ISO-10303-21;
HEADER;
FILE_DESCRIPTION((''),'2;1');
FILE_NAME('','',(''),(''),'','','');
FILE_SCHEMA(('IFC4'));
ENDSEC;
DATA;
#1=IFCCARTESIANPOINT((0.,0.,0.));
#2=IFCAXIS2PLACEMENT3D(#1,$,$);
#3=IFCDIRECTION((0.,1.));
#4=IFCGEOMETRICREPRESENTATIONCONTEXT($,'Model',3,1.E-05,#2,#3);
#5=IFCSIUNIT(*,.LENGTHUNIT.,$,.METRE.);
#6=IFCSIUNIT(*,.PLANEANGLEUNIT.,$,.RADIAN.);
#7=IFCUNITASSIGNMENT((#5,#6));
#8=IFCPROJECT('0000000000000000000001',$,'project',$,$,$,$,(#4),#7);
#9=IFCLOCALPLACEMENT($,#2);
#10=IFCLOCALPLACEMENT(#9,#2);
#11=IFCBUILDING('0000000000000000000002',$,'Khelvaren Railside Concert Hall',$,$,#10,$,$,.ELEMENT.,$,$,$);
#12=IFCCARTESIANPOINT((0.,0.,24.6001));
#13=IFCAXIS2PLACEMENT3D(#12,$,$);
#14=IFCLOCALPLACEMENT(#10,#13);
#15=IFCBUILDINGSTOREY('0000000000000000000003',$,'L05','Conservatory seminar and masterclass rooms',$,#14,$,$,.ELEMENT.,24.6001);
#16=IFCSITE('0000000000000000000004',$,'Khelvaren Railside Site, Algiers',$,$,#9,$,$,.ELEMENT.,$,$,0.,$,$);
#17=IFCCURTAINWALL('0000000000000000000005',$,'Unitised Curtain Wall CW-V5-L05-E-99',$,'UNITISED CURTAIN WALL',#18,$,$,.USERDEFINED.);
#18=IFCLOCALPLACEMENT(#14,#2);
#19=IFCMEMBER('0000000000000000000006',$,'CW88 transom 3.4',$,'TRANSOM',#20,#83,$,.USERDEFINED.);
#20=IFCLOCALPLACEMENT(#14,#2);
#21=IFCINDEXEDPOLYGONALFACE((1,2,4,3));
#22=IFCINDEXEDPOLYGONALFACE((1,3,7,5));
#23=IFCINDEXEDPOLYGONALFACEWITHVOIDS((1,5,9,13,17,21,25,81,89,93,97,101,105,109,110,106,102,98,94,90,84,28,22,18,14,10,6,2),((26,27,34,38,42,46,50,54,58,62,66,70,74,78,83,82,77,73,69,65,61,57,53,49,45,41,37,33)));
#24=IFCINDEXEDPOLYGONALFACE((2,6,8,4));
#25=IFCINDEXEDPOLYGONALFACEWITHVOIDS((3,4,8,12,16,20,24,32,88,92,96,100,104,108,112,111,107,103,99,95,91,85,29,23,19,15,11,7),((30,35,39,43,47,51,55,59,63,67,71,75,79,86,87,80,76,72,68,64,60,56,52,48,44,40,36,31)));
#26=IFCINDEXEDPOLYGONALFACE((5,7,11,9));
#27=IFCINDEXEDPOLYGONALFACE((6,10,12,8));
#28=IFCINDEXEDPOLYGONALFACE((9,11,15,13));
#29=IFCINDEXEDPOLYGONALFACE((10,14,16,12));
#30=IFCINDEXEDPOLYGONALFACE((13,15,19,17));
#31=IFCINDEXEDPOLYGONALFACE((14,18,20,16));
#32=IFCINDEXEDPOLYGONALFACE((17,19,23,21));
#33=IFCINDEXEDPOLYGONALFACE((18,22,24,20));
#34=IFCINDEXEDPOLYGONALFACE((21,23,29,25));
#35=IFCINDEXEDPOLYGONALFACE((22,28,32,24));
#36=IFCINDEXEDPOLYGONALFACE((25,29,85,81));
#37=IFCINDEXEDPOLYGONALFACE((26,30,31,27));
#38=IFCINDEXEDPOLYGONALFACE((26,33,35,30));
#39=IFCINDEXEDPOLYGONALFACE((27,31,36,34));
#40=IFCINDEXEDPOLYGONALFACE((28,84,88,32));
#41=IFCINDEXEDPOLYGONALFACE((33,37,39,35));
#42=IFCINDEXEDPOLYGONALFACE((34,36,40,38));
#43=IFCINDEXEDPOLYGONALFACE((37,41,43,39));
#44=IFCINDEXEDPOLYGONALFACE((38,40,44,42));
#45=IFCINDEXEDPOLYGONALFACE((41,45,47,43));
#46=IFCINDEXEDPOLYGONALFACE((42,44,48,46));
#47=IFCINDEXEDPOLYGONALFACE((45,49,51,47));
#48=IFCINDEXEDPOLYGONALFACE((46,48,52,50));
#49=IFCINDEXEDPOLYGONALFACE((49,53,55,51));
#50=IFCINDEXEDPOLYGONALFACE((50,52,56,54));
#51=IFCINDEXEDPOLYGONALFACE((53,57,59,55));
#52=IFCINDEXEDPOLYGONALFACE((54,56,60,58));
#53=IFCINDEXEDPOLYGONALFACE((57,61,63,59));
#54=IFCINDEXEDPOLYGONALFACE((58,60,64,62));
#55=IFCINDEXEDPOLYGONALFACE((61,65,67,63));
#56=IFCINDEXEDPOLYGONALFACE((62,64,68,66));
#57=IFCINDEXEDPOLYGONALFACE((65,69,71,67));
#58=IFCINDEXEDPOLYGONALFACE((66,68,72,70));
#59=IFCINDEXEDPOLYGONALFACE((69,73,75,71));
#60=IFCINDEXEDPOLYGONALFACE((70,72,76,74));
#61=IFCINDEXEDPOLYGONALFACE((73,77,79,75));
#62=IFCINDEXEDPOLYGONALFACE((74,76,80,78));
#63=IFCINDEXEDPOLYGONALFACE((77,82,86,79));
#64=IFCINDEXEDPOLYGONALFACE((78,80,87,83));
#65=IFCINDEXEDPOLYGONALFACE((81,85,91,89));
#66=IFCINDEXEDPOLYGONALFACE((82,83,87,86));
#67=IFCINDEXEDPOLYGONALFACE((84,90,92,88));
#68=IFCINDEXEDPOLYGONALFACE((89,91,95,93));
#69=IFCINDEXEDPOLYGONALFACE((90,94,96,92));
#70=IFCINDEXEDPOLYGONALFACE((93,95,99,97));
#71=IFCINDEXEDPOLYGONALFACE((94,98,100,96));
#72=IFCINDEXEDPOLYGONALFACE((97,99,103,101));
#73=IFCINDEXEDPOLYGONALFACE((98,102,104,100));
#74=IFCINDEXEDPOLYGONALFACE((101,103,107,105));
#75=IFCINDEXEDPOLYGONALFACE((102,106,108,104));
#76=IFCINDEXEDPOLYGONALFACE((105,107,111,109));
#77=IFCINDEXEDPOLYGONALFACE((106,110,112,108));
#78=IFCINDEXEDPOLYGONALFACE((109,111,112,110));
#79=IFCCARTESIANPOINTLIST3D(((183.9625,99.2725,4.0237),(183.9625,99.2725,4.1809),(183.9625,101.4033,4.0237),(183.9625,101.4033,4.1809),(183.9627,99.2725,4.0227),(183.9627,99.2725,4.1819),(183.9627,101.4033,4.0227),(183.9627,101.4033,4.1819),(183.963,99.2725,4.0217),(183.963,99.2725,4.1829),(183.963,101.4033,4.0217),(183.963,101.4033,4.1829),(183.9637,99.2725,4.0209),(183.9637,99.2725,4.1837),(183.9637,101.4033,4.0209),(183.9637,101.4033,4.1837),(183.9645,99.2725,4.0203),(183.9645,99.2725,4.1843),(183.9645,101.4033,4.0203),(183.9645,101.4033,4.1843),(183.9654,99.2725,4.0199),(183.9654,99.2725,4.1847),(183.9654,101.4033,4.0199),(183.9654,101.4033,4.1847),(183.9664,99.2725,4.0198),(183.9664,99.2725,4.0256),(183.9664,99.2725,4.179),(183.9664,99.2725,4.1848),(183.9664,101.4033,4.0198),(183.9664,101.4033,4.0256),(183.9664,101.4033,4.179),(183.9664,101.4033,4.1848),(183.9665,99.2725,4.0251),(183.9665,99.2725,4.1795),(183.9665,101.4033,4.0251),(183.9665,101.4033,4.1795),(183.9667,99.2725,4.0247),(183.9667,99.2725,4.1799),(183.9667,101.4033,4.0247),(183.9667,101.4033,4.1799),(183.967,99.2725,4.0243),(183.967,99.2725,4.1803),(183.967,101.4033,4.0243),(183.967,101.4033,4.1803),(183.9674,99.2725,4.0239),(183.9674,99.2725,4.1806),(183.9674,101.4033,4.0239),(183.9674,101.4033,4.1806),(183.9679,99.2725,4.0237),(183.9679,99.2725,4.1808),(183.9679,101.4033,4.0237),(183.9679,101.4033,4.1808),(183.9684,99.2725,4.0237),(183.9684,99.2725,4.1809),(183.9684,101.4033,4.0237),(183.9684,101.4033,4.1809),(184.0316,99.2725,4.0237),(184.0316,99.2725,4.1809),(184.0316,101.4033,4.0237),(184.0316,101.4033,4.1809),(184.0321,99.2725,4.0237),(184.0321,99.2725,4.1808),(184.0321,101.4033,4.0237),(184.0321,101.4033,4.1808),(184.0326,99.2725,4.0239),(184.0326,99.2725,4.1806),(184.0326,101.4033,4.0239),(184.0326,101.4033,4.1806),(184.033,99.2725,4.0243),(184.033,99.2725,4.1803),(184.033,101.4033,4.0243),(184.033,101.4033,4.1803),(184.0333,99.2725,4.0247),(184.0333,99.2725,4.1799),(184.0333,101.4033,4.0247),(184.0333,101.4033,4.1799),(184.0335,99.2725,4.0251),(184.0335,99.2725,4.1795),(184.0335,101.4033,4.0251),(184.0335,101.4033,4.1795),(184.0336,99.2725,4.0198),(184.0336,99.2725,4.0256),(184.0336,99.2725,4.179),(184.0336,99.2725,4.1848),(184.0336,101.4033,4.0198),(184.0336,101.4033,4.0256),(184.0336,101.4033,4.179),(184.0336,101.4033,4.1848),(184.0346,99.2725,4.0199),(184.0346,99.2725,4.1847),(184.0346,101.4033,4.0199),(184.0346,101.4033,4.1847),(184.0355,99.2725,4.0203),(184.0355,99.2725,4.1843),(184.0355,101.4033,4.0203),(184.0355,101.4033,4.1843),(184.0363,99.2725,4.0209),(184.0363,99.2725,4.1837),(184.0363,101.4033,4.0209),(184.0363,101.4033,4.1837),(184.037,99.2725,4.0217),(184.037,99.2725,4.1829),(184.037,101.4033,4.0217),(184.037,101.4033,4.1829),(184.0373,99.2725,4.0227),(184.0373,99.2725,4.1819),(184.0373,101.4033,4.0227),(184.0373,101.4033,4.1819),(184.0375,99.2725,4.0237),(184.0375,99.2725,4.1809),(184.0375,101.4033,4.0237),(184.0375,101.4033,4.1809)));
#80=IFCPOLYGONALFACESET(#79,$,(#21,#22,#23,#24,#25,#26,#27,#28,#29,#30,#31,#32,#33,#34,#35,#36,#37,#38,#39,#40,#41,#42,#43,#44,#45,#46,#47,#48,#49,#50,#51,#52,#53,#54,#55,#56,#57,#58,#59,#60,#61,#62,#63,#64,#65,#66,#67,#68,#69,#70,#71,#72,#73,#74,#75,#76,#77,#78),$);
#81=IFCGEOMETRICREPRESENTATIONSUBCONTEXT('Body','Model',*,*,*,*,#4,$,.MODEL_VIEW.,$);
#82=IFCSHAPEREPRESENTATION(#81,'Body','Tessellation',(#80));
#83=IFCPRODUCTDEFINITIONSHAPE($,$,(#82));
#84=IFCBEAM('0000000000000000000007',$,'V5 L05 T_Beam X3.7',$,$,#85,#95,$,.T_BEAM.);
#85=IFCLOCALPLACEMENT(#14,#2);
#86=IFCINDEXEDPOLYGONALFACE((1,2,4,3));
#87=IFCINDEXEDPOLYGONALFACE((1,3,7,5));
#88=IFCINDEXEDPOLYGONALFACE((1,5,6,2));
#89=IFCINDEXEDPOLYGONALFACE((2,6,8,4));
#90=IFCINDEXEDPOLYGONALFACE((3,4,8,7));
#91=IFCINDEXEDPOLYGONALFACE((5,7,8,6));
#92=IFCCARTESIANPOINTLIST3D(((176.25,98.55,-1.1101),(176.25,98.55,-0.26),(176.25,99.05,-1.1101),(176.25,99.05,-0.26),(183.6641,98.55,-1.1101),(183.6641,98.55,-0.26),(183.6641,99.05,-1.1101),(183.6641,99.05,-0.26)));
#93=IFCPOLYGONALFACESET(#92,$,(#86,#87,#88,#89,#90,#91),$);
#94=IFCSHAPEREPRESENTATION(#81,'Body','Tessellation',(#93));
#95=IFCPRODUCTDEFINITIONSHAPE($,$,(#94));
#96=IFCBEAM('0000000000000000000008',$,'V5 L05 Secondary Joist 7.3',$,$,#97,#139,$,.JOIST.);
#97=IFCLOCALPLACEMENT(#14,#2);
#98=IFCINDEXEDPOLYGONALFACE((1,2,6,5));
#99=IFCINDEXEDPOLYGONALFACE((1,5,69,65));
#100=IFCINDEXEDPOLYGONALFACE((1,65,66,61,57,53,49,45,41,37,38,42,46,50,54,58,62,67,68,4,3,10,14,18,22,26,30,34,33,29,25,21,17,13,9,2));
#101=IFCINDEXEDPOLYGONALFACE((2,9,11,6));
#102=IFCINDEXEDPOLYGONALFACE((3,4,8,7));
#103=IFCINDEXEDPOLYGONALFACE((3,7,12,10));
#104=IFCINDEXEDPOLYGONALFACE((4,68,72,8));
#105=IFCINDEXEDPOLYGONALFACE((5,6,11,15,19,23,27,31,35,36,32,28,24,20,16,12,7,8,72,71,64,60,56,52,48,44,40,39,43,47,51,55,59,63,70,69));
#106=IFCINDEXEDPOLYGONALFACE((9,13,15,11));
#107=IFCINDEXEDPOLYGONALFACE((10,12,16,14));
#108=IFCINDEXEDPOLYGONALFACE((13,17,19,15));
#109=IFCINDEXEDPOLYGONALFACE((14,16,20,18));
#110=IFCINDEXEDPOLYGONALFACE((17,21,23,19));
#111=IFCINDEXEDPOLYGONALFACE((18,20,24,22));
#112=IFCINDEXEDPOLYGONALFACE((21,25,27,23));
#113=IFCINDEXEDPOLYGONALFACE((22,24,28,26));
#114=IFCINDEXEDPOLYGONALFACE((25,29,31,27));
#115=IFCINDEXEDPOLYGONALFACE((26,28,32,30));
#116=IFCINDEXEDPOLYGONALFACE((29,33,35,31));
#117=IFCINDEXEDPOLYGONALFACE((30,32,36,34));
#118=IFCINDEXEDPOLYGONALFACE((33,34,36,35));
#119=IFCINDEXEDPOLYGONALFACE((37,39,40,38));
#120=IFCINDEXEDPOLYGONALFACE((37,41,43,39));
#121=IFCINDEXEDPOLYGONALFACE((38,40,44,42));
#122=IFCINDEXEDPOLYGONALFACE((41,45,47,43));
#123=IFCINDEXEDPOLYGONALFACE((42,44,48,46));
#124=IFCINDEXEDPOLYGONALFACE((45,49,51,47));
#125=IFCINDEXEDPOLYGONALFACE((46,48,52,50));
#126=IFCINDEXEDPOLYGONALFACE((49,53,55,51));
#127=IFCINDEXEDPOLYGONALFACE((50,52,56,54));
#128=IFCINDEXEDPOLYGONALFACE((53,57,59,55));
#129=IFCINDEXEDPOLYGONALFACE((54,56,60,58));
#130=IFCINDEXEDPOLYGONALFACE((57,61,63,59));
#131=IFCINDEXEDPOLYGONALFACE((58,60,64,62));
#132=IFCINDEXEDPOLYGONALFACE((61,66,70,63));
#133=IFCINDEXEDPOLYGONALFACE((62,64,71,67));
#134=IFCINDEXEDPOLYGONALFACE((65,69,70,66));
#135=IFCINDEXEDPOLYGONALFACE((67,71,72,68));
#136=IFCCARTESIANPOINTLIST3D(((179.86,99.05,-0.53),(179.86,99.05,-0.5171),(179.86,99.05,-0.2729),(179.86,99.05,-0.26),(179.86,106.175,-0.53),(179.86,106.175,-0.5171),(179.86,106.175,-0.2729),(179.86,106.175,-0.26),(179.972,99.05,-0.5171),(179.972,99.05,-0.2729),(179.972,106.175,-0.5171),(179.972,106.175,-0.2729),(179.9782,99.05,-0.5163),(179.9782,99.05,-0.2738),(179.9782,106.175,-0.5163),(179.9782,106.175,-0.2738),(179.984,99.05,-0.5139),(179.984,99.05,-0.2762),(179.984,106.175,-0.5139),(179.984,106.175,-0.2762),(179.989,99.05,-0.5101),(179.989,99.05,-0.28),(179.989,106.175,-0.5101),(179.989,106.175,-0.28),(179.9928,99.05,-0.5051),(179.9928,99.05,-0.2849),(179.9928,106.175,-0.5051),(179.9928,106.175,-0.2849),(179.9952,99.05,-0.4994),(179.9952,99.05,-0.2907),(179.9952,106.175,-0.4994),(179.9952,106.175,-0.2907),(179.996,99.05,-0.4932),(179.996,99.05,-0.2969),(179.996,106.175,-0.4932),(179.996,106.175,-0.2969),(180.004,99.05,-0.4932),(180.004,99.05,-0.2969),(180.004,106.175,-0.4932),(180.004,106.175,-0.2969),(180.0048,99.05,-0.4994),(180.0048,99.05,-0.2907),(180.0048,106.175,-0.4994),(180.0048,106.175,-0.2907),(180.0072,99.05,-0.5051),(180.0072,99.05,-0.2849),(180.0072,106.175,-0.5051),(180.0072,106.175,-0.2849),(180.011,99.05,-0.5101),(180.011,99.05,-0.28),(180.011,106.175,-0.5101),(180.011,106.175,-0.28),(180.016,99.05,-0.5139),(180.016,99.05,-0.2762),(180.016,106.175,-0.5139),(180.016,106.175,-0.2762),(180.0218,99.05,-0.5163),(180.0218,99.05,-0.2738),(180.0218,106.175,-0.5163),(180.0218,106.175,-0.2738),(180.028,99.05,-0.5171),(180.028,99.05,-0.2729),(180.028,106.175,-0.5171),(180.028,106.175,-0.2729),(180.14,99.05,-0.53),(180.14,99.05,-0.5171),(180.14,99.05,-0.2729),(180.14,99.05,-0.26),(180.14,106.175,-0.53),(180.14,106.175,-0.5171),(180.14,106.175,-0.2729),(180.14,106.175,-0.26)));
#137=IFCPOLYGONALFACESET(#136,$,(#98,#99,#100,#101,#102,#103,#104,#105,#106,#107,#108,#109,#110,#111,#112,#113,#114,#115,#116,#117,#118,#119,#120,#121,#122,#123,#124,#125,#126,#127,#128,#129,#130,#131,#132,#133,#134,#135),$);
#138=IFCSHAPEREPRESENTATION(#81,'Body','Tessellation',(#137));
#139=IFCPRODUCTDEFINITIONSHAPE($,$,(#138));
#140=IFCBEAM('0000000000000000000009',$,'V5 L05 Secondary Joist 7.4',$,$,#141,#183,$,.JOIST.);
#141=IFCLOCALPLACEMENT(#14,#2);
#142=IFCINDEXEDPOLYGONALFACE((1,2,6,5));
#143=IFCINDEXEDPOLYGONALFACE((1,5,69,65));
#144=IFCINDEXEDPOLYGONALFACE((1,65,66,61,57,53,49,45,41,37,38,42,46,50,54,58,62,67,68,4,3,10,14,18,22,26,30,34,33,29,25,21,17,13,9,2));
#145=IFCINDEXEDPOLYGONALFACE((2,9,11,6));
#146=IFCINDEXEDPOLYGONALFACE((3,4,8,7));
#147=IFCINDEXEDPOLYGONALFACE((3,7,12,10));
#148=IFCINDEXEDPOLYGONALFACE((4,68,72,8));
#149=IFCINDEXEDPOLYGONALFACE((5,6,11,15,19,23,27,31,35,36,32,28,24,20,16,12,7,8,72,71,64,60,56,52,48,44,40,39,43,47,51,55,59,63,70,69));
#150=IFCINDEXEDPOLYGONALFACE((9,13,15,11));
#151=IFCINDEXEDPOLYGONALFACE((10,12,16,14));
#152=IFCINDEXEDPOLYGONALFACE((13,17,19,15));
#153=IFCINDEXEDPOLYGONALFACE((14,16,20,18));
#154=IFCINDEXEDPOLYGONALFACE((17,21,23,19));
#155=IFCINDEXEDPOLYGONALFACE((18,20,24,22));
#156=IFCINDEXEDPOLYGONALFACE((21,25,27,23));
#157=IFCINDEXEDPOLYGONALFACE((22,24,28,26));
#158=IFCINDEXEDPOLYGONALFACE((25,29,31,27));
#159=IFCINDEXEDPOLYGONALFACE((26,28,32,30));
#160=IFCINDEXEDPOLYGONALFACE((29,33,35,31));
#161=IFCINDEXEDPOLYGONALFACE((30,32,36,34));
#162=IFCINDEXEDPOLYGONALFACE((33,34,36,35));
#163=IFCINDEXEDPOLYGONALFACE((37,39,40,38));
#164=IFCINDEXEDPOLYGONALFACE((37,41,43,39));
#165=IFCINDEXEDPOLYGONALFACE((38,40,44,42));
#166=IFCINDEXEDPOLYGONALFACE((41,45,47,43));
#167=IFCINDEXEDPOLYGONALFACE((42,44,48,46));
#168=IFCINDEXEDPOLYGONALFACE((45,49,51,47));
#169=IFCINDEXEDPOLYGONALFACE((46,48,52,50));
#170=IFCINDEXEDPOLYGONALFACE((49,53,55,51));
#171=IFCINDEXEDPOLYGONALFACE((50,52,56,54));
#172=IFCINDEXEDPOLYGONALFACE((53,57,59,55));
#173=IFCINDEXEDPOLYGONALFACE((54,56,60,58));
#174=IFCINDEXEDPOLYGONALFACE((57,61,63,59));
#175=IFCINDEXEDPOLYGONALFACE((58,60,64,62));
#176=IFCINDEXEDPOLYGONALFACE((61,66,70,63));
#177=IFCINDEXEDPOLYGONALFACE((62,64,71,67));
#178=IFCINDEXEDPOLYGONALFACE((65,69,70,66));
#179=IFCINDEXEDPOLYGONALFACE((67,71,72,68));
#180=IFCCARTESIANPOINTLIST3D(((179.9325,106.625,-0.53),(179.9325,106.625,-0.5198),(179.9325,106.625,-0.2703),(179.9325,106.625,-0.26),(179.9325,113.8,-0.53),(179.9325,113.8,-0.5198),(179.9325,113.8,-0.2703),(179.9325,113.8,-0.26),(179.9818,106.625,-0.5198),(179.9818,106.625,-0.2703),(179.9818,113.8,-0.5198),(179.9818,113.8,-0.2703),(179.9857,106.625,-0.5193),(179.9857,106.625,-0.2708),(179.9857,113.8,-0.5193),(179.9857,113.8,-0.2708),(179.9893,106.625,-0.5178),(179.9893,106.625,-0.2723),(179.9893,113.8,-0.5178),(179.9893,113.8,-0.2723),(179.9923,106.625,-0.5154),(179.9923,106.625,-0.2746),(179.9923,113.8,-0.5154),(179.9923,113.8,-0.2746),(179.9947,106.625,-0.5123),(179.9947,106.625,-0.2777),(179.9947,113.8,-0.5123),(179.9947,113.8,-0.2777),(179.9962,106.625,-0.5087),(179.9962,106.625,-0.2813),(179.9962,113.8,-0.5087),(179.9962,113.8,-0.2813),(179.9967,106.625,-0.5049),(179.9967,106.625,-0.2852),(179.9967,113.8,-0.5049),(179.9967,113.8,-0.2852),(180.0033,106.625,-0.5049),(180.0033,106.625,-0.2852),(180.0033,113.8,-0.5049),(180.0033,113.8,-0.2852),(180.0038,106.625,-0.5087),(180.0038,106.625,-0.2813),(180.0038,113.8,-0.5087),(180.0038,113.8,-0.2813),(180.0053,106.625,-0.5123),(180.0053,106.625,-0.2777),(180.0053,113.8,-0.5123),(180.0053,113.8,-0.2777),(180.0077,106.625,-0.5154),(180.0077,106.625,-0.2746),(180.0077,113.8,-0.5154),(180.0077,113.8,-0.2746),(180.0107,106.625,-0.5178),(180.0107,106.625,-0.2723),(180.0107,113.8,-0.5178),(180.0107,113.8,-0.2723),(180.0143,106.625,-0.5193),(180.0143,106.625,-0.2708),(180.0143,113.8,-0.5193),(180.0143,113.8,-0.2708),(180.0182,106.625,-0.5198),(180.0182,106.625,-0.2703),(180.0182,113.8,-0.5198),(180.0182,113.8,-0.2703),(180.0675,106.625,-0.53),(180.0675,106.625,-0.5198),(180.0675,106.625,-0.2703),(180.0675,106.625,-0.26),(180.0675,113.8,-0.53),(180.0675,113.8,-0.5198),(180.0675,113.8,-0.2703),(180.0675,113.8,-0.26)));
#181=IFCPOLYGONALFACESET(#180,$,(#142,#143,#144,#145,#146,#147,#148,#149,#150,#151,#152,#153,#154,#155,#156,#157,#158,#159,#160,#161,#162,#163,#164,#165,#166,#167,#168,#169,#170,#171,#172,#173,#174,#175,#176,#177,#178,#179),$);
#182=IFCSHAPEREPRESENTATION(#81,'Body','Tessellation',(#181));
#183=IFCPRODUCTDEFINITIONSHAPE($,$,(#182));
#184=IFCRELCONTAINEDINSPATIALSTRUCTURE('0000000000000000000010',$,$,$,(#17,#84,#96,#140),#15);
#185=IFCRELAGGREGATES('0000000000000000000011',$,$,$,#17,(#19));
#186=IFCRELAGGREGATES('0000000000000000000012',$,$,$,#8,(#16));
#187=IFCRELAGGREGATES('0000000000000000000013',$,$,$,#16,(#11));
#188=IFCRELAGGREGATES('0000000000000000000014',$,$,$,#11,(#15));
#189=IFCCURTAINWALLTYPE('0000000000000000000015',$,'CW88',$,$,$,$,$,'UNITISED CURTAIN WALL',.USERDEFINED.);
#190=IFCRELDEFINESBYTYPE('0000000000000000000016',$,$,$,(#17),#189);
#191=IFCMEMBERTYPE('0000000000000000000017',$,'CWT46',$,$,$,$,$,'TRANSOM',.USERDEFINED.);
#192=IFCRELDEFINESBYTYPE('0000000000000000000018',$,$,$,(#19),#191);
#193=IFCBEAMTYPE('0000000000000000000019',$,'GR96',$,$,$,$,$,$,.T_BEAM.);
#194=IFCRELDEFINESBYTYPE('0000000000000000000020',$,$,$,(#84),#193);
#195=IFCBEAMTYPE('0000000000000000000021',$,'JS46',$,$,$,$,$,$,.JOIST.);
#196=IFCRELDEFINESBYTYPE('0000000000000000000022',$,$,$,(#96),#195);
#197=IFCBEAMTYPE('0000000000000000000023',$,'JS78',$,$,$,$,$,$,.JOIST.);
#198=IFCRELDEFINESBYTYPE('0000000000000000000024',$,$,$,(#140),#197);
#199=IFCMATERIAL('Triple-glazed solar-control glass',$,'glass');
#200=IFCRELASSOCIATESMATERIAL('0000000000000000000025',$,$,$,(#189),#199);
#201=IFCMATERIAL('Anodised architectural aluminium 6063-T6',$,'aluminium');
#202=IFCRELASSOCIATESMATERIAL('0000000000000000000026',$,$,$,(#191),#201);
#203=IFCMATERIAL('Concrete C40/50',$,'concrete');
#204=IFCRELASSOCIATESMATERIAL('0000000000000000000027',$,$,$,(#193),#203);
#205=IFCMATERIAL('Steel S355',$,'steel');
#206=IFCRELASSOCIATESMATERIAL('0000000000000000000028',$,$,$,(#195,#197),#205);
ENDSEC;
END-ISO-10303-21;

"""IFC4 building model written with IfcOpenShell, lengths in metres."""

from ifc_helpers import new_model, si_unit, direction, frame, origin, origin_2d, place, context, subcontext, project, spatial, rectangle, hollow_rectangle, i_section, extrude, material, material_profile, profile_set, type_object, element, aggregate, save


model = new_model("IFC4")

# Units and contexts
model_context = context("Model", 3, precision=1e-05, world=origin(), true_north=direction((0.0, 1.0)))
body_context = subcontext(model_context, "Body", "Model", "MODEL_VIEW")
ifc_project = project(units=[si_unit("LENGTHUNIT", "METRE"), si_unit("PLANEANGLEUNIT", "RADIAN")], contexts=[model_context])

# Site, building, storey
site_placement = place(None, origin())
site = spatial("IfcSite", under=ifc_project, at=site_placement, Name="Khelvaren Railside Site, Algiers", CompositionType="ELEMENT", RefElevation=0.0)
building_placement = place(site_placement, origin())
building = spatial("IfcBuilding", under=site, at=building_placement, Name="Khelvaren Railside Concert Hall", CompositionType="ELEMENT")
storey_placement = place(building_placement, frame((0.0, 0.0, 24.6001)))
storey = spatial("IfcBuildingStorey", under=building, at=storey_placement, Name="L05", Description="Conservatory seminar and masterclass rooms", CompositionType="ELEMENT", Elevation=24.6001)

# Shared definitions
ifc_material_1 = material(Name="Steel S355", Category="steel")
ifc_material_2 = material(Name="Concrete C40/50", Category="concrete")

# Curtain wall, member
ifc_material_3 = material(Name="Triple-glazed solar-control glass", Category="glass")
curtain_wall_type = type_object("IfcCurtainWallType", Name="CW88", ElementType="UNITISED CURTAIN WALL", PredefinedType="USERDEFINED", material=ifc_material_3)
curtain_wall_placement = place(storey_placement, origin())
curtain_wall = element("IfcCurtainWall", 1, at=curtain_wall_placement, inside=storey, type_object=curtain_wall_type, Name="Unitised Curtain Wall CW-V5-L05-E-99", ObjectType="UNITISED CURTAIN WALL", PredefinedType="USERDEFINED")
ifc_material_4 = material(Name="Anodised architectural aluminium 6063-T6", Category="aluminium")
ifc_material_profile_1 = material_profile(ifc_material_4, hollow_rectangle(XDim=0.075, YDim=0.165, WallThickness=0.0039, InnerFilletRadius=0.002, OuterFilletRadius=0.0039, at=origin_2d()), Name="CWT 75x165x4")
ifc_profile_set_1 = profile_set([ifc_material_profile_1], Name="Anodised architectural aluminium 6063-T6")
member_type_1 = type_object("IfcMemberType", Name="CWT46", ElementType="TRANSOM", PredefinedType="USERDEFINED", material=ifc_profile_set_1)
member_1_placement = place(storey_placement, frame((184.0, 101.4033, 4.1023), z_axis=(0.0, -1.0, 0.0), x_axis=(1.0, 0.0, 0.0)))
member_1 = element("IfcMember", 2, at=member_1_placement, type_object=member_type_1, Name="CW88 transom 3.4", ObjectType="TRANSOM", PredefinedType="USERDEFINED", context=body_context, shape_type="SweptSolid", body=[
    extrude(hollow_rectangle(XDim=0.075, YDim=0.165, WallThickness=0.0039, InnerFilletRadius=0.002, OuterFilletRadius=0.0039, at=origin_2d()), origin(), (0.0, 0.0, 1.0), 2.1309),
])

# Beams
ifc_material_profile_2 = material_profile(ifc_material_2, rectangle(XDim=0.5, YDim=0.8501, at=origin_2d()), Name="RCB 500x850")
ifc_profile_set_2 = profile_set([ifc_material_profile_2], Name="Concrete C40/50")
beam_type_1 = type_object("IfcBeamType", Name="GR96", PredefinedType="T_BEAM", material=ifc_profile_set_2)
beam_1_placement = place(storey_placement, frame((176.25, 98.8, -0.6851), z_axis=(1.0, 0.0, 0.0), x_axis=(0.0, 1.0, 0.0)))
element("IfcBeam", 3, at=beam_1_placement, inside=storey, type_object=beam_type_1, Name="V5 L05 T_Beam X3.7", PredefinedType="T_BEAM", context=body_context, shape_type="SweptSolid", body=[
    extrude(rectangle(XDim=0.5, YDim=0.8501, at=origin_2d()), origin(), (0.0, 0.0, 1.0), 7.4141),
])
ifc_material_profile_3 = material_profile(ifc_material_1, i_section(OverallWidth=0.28, OverallDepth=0.27, WebThickness=0.0081, FlangeThickness=0.0129, FilletRadius=0.0239, at=origin_2d()), Name="HEA 280")
ifc_profile_set_3 = profile_set([ifc_material_profile_3], Name="Steel S355")
beam_type_2 = type_object("IfcBeamType", Name="JS46", PredefinedType="JOIST", material=ifc_profile_set_3)
beam_2_placement = place(storey_placement, frame((180.0, 99.05, -0.395), z_axis=(0.0, 1.0, 0.0), x_axis=(-1.0, 0.0, 0.0)))
element("IfcBeam", 4, at=beam_2_placement, inside=storey, type_object=beam_type_2, Name="V5 L05 Secondary Joist 7.3", PredefinedType="JOIST", context=body_context, shape_type="SweptSolid", body=[
    extrude(i_section(OverallWidth=0.28, OverallDepth=0.27, WebThickness=0.0081, FlangeThickness=0.0129, FilletRadius=0.0239, at=origin_2d()), origin(), (0.0, 0.0, 1.0), 7.125),
])
ifc_material_profile_4 = material_profile(ifc_material_1, i_section(OverallWidth=0.135, OverallDepth=0.27, WebThickness=0.0066, FlangeThickness=0.0103, FilletRadius=0.0149, at=origin_2d()), Name="IPE 270")
ifc_profile_set_4 = profile_set([ifc_material_profile_4], Name="Steel S355")
beam_type_3 = type_object("IfcBeamType", Name="JS78", PredefinedType="JOIST", material=ifc_profile_set_4)
beam_3_placement = place(storey_placement, frame((180.0, 106.625, -0.395), z_axis=(0.0, 1.0, 0.0), x_axis=(-1.0, 0.0, 0.0)))
element("IfcBeam", 5, at=beam_3_placement, inside=storey, type_object=beam_type_3, Name="V5 L05 Secondary Joist 7.4", PredefinedType="JOIST", context=body_context, shape_type="SweptSolid", body=[
    extrude(i_section(OverallWidth=0.135, OverallDepth=0.27, WebThickness=0.0066, FlangeThickness=0.0103, FilletRadius=0.0149, at=origin_2d()), origin(), (0.0, 0.0, 1.0), 7.175),
])

aggregate(curtain_wall, [member_1])

save(model, "model.ifc")
